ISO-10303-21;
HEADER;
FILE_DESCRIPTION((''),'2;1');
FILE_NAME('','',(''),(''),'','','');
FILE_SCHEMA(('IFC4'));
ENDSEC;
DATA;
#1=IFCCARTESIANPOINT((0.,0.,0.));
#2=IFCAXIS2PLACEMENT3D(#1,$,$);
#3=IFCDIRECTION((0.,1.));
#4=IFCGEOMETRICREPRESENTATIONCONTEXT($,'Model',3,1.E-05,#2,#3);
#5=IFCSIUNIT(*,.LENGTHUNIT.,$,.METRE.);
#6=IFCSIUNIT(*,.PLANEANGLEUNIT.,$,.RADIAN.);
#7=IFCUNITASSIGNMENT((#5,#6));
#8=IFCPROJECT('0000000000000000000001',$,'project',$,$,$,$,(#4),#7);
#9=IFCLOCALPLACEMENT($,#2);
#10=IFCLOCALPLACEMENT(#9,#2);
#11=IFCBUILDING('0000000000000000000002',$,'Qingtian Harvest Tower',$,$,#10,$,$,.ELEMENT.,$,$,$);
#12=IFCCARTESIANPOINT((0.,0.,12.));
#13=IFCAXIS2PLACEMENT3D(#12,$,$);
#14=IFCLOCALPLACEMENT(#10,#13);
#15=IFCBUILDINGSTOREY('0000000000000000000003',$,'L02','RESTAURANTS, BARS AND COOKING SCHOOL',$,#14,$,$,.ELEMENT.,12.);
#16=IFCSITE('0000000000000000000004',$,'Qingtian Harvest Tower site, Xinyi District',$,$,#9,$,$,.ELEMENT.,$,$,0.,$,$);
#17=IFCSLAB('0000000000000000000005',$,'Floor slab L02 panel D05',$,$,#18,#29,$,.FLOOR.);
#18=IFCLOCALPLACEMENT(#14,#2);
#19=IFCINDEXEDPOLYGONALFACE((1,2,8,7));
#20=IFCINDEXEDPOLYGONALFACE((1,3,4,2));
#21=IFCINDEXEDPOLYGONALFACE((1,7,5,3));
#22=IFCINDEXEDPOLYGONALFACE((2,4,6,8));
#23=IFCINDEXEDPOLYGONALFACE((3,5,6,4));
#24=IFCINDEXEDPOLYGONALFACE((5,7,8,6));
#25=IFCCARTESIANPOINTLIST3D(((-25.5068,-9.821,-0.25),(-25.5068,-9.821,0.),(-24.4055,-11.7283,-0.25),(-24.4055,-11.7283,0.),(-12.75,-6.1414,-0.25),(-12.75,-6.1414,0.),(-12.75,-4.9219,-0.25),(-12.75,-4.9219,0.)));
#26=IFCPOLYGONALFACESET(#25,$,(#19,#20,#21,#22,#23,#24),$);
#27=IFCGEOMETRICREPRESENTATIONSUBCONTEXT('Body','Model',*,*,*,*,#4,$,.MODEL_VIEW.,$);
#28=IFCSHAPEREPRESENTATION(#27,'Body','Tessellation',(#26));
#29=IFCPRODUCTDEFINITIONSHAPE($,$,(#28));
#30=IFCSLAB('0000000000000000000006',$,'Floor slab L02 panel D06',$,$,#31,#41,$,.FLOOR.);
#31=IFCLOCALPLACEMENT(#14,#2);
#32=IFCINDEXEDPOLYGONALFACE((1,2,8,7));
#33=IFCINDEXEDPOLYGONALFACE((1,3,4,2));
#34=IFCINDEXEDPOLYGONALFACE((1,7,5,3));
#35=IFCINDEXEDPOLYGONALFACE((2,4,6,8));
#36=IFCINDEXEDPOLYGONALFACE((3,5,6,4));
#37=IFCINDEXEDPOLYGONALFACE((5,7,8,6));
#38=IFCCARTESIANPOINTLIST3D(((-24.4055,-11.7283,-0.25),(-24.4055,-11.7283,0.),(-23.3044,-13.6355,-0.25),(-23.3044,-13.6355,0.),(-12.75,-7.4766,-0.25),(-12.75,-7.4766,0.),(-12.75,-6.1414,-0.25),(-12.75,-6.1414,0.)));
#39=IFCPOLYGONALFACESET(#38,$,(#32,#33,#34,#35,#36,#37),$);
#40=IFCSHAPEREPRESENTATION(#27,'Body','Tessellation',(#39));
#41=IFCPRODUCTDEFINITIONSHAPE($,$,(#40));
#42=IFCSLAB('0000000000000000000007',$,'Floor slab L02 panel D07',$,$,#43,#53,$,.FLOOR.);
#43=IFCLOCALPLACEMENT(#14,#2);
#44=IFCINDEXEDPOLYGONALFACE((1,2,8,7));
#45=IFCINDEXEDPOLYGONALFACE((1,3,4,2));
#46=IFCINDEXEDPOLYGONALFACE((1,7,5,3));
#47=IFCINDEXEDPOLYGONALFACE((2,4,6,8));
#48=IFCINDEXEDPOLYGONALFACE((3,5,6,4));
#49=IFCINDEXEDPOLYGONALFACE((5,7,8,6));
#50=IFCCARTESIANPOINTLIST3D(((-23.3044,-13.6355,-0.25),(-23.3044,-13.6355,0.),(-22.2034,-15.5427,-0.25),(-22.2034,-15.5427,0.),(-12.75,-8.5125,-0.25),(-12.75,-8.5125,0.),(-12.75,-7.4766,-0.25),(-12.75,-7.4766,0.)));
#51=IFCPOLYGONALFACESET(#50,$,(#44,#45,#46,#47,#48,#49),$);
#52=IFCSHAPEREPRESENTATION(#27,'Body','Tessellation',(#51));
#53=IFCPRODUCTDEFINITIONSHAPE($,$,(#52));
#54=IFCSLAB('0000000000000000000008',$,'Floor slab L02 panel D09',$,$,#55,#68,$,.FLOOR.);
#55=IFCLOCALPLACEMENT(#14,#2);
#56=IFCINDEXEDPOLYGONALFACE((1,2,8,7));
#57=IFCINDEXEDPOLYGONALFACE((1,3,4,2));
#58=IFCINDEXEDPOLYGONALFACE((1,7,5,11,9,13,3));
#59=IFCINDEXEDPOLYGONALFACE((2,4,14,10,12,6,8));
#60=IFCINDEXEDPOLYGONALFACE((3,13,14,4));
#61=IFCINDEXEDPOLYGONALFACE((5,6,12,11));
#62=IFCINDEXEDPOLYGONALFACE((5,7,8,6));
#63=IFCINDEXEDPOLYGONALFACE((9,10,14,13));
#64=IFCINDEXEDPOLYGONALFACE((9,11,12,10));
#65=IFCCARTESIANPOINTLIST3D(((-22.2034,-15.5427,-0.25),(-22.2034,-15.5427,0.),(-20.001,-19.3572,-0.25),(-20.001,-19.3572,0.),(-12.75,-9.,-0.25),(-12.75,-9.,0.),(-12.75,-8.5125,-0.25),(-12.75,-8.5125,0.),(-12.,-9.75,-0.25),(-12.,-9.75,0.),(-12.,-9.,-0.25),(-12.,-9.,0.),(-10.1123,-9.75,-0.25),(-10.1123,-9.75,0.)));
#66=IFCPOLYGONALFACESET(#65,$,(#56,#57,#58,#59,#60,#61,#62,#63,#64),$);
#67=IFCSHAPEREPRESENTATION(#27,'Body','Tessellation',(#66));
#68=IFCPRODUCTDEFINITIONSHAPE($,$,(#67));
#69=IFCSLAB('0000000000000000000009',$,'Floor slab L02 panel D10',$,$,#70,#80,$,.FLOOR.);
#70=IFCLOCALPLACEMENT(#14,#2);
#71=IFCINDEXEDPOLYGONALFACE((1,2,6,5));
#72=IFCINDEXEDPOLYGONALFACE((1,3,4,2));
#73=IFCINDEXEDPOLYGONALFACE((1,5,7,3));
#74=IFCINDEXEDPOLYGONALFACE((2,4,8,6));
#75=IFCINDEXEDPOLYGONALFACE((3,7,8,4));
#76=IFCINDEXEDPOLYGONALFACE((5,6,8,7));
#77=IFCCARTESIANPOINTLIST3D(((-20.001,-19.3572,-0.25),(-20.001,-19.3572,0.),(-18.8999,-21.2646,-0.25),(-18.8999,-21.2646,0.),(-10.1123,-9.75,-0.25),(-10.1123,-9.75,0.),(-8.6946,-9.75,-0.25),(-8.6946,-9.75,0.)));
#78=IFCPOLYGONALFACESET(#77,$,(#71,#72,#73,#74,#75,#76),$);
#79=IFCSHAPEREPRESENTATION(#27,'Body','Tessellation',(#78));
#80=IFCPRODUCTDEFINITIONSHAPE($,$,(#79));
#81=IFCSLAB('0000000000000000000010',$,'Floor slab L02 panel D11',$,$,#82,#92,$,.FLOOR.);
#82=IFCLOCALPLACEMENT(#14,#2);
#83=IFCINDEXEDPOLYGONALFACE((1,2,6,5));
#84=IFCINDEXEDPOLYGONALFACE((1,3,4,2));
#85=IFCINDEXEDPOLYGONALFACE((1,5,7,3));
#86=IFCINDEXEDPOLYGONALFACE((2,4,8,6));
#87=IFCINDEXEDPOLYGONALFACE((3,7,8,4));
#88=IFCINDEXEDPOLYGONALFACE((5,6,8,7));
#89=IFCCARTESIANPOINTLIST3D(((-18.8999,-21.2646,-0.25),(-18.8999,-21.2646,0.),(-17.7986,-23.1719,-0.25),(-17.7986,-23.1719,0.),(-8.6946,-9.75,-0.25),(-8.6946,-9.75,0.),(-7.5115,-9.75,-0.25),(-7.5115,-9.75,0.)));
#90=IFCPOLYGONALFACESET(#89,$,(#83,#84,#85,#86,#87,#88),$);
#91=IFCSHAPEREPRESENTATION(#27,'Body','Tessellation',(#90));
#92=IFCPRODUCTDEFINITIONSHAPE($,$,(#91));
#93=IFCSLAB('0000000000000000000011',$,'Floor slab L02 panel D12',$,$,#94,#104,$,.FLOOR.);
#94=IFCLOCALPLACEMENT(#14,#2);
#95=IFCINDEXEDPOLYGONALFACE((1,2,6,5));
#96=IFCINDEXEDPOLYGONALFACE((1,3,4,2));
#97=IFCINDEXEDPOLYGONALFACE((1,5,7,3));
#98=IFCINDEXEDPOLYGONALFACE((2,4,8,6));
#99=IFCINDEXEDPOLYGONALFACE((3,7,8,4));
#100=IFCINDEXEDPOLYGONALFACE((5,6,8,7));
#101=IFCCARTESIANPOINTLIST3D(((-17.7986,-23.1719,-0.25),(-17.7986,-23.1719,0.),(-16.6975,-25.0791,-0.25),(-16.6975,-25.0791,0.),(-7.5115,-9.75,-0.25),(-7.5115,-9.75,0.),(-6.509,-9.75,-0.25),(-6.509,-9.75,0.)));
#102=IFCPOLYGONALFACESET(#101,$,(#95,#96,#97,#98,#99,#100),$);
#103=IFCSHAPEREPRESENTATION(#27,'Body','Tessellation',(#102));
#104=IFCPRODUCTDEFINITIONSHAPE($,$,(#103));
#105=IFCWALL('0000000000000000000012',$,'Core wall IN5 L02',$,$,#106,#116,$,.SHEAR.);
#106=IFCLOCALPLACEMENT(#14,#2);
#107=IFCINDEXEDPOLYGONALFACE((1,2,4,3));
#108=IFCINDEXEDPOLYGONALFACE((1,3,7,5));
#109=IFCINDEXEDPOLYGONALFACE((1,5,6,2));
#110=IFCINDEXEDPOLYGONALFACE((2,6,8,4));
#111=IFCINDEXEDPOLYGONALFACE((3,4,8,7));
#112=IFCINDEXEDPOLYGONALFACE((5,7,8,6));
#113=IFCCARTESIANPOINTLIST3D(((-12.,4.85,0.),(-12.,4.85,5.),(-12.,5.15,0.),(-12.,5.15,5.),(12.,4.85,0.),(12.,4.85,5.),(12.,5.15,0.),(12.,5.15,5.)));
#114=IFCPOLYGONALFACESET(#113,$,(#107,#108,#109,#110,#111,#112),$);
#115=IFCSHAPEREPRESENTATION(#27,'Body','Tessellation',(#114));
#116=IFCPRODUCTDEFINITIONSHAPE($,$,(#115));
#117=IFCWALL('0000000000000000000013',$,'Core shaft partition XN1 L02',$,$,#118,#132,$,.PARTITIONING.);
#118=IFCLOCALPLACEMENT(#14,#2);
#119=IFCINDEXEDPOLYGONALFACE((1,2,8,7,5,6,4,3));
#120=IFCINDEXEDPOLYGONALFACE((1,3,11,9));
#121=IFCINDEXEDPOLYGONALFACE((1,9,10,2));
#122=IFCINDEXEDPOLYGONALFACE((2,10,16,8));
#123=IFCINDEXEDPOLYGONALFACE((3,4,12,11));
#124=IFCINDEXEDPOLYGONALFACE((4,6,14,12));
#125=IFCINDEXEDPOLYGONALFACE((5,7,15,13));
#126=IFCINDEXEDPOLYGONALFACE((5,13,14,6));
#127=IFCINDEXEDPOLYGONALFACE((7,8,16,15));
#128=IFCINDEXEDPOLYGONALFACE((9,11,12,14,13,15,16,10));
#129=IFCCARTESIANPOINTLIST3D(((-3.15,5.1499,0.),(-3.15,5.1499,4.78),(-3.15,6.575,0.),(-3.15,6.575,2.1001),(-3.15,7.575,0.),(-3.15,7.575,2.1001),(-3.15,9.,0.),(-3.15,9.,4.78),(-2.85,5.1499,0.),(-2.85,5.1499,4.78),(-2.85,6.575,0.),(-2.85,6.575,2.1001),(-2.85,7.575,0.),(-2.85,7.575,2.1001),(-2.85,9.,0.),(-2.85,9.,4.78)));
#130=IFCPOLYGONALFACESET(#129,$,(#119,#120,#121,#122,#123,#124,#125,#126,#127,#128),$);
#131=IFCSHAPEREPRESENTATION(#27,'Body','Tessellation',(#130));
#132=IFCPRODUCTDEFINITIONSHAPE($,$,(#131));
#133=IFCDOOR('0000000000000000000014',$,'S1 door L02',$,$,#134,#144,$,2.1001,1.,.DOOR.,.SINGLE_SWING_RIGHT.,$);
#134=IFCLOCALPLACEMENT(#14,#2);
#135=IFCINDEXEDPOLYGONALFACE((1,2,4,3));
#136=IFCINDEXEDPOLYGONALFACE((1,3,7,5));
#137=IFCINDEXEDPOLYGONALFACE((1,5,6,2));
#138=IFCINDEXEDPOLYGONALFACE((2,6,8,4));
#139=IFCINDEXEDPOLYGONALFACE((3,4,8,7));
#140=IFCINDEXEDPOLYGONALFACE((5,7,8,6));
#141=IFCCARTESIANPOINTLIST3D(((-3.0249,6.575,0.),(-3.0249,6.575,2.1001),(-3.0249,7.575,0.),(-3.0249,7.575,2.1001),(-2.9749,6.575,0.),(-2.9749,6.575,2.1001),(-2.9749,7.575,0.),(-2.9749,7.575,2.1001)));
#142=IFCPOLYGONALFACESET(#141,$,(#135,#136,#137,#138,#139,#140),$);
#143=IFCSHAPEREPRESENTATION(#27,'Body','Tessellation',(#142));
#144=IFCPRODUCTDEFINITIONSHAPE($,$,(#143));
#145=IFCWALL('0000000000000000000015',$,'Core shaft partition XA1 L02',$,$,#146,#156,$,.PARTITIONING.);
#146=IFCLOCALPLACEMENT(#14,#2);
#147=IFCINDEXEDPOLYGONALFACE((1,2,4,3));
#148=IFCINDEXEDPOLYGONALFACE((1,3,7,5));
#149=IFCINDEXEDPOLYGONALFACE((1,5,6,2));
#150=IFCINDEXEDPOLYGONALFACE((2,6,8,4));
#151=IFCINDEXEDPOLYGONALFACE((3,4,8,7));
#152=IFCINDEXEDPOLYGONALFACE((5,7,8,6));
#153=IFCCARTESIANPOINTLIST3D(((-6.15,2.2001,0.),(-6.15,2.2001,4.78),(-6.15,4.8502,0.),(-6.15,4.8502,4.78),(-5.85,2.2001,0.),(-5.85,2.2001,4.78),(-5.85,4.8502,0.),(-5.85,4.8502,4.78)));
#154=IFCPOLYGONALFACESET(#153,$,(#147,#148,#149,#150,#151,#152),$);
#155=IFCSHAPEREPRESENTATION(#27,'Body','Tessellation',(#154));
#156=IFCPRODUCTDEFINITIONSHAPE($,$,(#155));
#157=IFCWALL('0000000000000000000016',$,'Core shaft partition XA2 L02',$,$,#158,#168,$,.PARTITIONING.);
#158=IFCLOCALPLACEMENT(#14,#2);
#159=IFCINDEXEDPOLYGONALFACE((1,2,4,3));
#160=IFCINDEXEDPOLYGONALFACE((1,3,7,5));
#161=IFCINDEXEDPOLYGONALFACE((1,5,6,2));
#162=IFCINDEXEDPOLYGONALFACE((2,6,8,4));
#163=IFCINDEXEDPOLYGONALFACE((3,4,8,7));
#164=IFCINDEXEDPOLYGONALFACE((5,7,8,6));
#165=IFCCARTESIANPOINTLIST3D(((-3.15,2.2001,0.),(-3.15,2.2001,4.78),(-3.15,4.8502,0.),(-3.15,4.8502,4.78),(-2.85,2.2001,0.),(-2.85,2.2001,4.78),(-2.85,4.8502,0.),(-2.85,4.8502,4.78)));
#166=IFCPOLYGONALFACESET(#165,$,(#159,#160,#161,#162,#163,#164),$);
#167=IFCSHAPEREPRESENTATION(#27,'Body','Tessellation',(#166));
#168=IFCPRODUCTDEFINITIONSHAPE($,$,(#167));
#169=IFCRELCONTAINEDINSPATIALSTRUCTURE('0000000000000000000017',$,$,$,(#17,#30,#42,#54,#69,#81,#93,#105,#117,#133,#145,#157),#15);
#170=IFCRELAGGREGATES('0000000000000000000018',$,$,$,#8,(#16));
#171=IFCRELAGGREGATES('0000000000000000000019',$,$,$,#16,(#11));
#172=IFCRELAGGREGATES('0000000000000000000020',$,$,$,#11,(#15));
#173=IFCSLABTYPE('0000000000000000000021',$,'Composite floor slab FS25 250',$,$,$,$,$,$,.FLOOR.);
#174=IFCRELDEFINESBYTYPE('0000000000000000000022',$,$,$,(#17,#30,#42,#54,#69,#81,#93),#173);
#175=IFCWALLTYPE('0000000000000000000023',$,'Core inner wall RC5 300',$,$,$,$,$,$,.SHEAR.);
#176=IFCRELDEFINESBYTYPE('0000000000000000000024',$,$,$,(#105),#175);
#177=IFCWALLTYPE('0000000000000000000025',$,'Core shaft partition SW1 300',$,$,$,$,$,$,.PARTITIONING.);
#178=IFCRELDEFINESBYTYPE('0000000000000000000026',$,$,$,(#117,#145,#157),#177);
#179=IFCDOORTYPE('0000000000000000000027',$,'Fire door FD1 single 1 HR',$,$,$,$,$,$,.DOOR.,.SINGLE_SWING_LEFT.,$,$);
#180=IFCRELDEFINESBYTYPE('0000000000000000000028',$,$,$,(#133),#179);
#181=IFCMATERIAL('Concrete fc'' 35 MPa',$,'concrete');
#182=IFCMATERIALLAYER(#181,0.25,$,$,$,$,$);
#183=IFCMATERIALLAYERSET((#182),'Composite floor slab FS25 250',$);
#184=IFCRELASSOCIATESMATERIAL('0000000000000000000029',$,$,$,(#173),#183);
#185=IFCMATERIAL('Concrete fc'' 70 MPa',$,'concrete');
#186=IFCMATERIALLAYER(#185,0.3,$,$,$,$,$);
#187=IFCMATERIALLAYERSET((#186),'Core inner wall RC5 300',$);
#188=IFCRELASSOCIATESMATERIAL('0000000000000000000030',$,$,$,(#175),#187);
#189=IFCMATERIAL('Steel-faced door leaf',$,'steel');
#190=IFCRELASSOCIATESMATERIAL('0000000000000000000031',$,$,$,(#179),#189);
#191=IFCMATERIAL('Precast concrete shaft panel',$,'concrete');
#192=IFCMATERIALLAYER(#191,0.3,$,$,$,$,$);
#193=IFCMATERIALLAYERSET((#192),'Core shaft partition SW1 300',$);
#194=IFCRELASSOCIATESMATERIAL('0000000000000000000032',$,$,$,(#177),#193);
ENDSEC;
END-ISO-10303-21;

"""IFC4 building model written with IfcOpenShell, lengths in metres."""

from ifc_helpers import new_model, si_unit, direction, frame, frame_2d, origin, place, context, subcontext, project, spatial, polyline, rectangle, outline, extrude, material, layer, layer_set, type_object, element, fill, save


model = new_model("IFC4")

# Units and contexts
model_context = context("Model", 3, precision=1e-05, world=origin(), true_north=direction((0.0, 1.0)))
body_context = subcontext(model_context, "Body", "Model", "MODEL_VIEW")
ifc_project = project(units=[si_unit("LENGTHUNIT", "METRE"), si_unit("PLANEANGLEUNIT", "RADIAN")], contexts=[model_context])

# Site, building, storey
site_placement = place(None, origin())
site = spatial("IfcSite", under=ifc_project, at=site_placement, Name="Qingtian Harvest Tower site, Xinyi District", CompositionType="ELEMENT", RefElevation=0.0)
building_placement = place(site_placement, origin())
building = spatial("IfcBuilding", under=site, at=building_placement, Name="Qingtian Harvest Tower", CompositionType="ELEMENT")
storey_placement = place(building_placement, frame((0.0, 0.0, 12.0)))
storey = spatial("IfcBuildingStorey", under=building, at=storey_placement, Name="L02", Description="RESTAURANTS, BARS AND COOKING SCHOOL", CompositionType="ELEMENT", Elevation=12.0)

# Slabs
ifc_material_1 = material(Name="Concrete fc' 35 MPa", Category="concrete")
ifc_layer_1 = layer(ifc_material_1, 0.25)
ifc_layer_set_1 = layer_set([ifc_layer_1], Name="Composite floor slab FS25 250")
slab_type = type_object("IfcSlabType", Name="Composite floor slab FS25 250", PredefinedType="FLOOR", material=ifc_layer_set_1)
slab_1_placement = place(storey_placement, frame((0.0, 0.0, -0.25)))
element("IfcSlab", 1, at=slab_1_placement, inside=storey, type_object=slab_type, Name="Floor slab L02 panel D05", PredefinedType="FLOOR", context=body_context, shape_type="SweptSolid", body=[
    extrude(outline(polyline([(-12.75, -6.1414), (-24.4055, -11.7283), (-25.5068, -9.821), (-12.75, -4.9219), (-12.75, -6.1414)])), origin(), (0.0, 0.0, 1.0), 0.25),
])
slab_2_placement = place(storey_placement, frame((0.0, 0.0, -0.25)))
element("IfcSlab", 2, at=slab_2_placement, inside=storey, type_object=slab_type, Name="Floor slab L02 panel D06", PredefinedType="FLOOR", context=body_context, shape_type="SweptSolid", body=[
    extrude(outline(polyline([(-12.75, -7.4766), (-23.3044, -13.6355), (-24.4055, -11.7283), (-12.75, -6.1414), (-12.75, -7.4766)])), origin(), (0.0, 0.0, 1.0), 0.25),
])
slab_3_placement = place(storey_placement, frame((0.0, 0.0, -0.25)))
element("IfcSlab", 3, at=slab_3_placement, inside=storey, type_object=slab_type, Name="Floor slab L02 panel D07", PredefinedType="FLOOR", context=body_context, shape_type="SweptSolid", body=[
    extrude(outline(polyline([(-12.75, -8.5125), (-22.2034, -15.5427), (-23.3044, -13.6355), (-12.75, -7.4766), (-12.75, -8.5125)])), origin(), (0.0, 0.0, 1.0), 0.25),
])
slab_4_placement = place(storey_placement, frame((0.0, 0.0, -0.25)))
element("IfcSlab", 4, at=slab_4_placement, inside=storey, type_object=slab_type, Name="Floor slab L02 panel D09", PredefinedType="FLOOR", context=body_context, shape_type="SweptSolid", body=[
    extrude(outline(polyline([(-20.001, -19.3572), (-22.2034, -15.5427), (-12.75, -8.5125), (-12.75, -9.0), (-12.0, -9.0), (-12.0, -9.75), (-10.1123, -9.75), (-20.001, -19.3572)])), origin(), (0.0, 0.0, 1.0), 0.25),
])
slab_5_placement = place(storey_placement, frame((0.0, 0.0, -0.25)))
element("IfcSlab", 5, at=slab_5_placement, inside=storey, type_object=slab_type, Name="Floor slab L02 panel D10", PredefinedType="FLOOR", context=body_context, shape_type="SweptSolid", body=[
    extrude(outline(polyline([(-8.6946, -9.75), (-18.8999, -21.2646), (-20.001, -19.3572), (-10.1123, -9.75), (-8.6946, -9.75)])), origin(), (0.0, 0.0, 1.0), 0.25),
])
slab_6_placement = place(storey_placement, frame((0.0, 0.0, -0.25)))
element("IfcSlab", 6, at=slab_6_placement, inside=storey, type_object=slab_type, Name="Floor slab L02 panel D11", PredefinedType="FLOOR", context=body_context, shape_type="SweptSolid", body=[
    extrude(outline(polyline([(-7.5115, -9.75), (-17.7986, -23.1719), (-18.8999, -21.2646), (-8.6946, -9.75), (-7.5115, -9.75)])), origin(), (0.0, 0.0, 1.0), 0.25),
])
slab_7_placement = place(storey_placement, frame((0.0, 0.0, -0.25)))
element("IfcSlab", 7, at=slab_7_placement, inside=storey, type_object=slab_type, Name="Floor slab L02 panel D12", PredefinedType="FLOOR", context=body_context, shape_type="SweptSolid", body=[
    extrude(outline(polyline([(-6.509, -9.75), (-16.6975, -25.0791), (-17.7986, -23.1719), (-7.5115, -9.75), (-6.509, -9.75)])), origin(), (0.0, 0.0, 1.0), 0.25),
])

# Wall
ifc_material_2 = material(Name="Concrete fc' 70 MPa", Category="concrete")
ifc_layer_2 = layer(ifc_material_2, 0.3)
ifc_layer_set_2 = layer_set([ifc_layer_2], Name="Core inner wall RC5 300")
wall_type_1 = type_object("IfcWallType", Name="Core inner wall RC5 300", PredefinedType="SHEAR", material=ifc_layer_set_2)
wall_1_placement = place(storey_placement, frame((-12.0, 5.0, 0.0), z_axis=(0.0, 0.0, 1.0), x_axis=(1.0, 0.0, 0.0)))
element("IfcWall", 8, at=wall_1_placement, inside=storey, type_object=wall_type_1, Name="Core wall IN5 L02", PredefinedType="SHEAR", context=body_context, shape_type="SweptSolid", body=[
    extrude(rectangle(XDim=24.0, YDim=0.3, at=frame_2d((12.0, 0.0))), origin(), (0.0, 0.0, 1.0), 5.0),
])

# Shared definitions
ifc_material_3 = material(Name="Steel-faced door leaf", Category="steel")
door_type_1 = type_object("IfcDoorType", Name="Fire door FD1 single 1 HR", OperationType="SINGLE_SWING_LEFT", PredefinedType="DOOR", material=ifc_material_3)

# Wall, opening, door
ifc_material_4 = material(Name="Precast concrete shaft panel", Category="concrete")
ifc_layer_3 = layer(ifc_material_4, 0.3)
ifc_layer_set_3 = layer_set([ifc_layer_3], Name="Core shaft partition SW1 300")
wall_type_2 = type_object("IfcWallType", Name="Core shaft partition SW1 300", PredefinedType="PARTITIONING", material=ifc_layer_set_3)
wall_2_placement = place(storey_placement, frame((-3.0, 5.1499, 0.0), z_axis=(0.0, 0.0, 1.0), x_axis=(0.0, 1.0, 0.0)))
wall_2 = element("IfcWall", 9, at=wall_2_placement, inside=storey, type_object=wall_type_2, Name="Core shaft partition XN1 L02", PredefinedType="PARTITIONING", context=body_context, shape_type="SweptSolid", body=[
    extrude(rectangle(XDim=3.8501, YDim=0.3, at=frame_2d((1.925, 0.0))), origin(), (0.0, 0.0, 1.0), 4.78),
])
opening_1_placement = place(wall_2_placement, frame((1.425, 0.0, 0.0)))
opening_1 = element("IfcOpeningElement", 10, at=opening_1_placement, cuts=wall_2, PredefinedType="OPENING", context=body_context, shape_type="SweptSolid", body=[
    extrude(rectangle(XDim=1.0, YDim=2.1001, at=frame_2d((0.5, 1.05))), frame((0.0, 0.1599, 0.0), z_axis=(0.0, -1.0, 0.0), x_axis=(1.0, 0.0, 0.0)), (0.0, 0.0, 1.0), 0.3201),
])
door_1_placement = place(opening_1_placement, origin())
door_1 = element("IfcDoor", 11, at=door_1_placement, inside=storey, type_object=door_type_1, Name="S1 door L02", OperationType="SINGLE_SWING_RIGHT", OverallHeight=2.1001, OverallWidth=1.0, PredefinedType="DOOR", context=body_context, shape_type="SweptSolid", body=[
    extrude(rectangle(XDim=1.0, YDim=2.1001, at=frame_2d((0.5, 1.05))), frame((0.0, 0.0249, 0.0), z_axis=(0.0, -1.0, 0.0), x_axis=(1.0, 0.0, 0.0)), (0.0, 0.0, 1.0), 0.05),
])
fill(opening_1, door_1)

# Walls
for number, where, z_axis, x_axis, name in (
    (12, (-6.0, 2.2, 0.0), (0.0, 0.0, 1.0), (0.0, 1.0, 0.0), "Core shaft partition XA1 L02"),
    (13, (-3.0, 2.2, 0.0), (0.0, 0.0, 1.0), (0.0, 1.0, 0.0), "Core shaft partition XA2 L02"),
):
    element("IfcWall", number, at=place(storey_placement, frame(where, z_axis=z_axis, x_axis=x_axis)), inside=storey, type_object=wall_type_2, Name=name, PredefinedType="PARTITIONING", context=body_context, shape_type="SweptSolid", body=[
        extrude(rectangle(XDim=2.6501, YDim=0.3, at=frame_2d((1.3252, 0.0))), origin(), (0.0, 0.0, 1.0), 4.78),
    ])

save(model, "model.ifc")
